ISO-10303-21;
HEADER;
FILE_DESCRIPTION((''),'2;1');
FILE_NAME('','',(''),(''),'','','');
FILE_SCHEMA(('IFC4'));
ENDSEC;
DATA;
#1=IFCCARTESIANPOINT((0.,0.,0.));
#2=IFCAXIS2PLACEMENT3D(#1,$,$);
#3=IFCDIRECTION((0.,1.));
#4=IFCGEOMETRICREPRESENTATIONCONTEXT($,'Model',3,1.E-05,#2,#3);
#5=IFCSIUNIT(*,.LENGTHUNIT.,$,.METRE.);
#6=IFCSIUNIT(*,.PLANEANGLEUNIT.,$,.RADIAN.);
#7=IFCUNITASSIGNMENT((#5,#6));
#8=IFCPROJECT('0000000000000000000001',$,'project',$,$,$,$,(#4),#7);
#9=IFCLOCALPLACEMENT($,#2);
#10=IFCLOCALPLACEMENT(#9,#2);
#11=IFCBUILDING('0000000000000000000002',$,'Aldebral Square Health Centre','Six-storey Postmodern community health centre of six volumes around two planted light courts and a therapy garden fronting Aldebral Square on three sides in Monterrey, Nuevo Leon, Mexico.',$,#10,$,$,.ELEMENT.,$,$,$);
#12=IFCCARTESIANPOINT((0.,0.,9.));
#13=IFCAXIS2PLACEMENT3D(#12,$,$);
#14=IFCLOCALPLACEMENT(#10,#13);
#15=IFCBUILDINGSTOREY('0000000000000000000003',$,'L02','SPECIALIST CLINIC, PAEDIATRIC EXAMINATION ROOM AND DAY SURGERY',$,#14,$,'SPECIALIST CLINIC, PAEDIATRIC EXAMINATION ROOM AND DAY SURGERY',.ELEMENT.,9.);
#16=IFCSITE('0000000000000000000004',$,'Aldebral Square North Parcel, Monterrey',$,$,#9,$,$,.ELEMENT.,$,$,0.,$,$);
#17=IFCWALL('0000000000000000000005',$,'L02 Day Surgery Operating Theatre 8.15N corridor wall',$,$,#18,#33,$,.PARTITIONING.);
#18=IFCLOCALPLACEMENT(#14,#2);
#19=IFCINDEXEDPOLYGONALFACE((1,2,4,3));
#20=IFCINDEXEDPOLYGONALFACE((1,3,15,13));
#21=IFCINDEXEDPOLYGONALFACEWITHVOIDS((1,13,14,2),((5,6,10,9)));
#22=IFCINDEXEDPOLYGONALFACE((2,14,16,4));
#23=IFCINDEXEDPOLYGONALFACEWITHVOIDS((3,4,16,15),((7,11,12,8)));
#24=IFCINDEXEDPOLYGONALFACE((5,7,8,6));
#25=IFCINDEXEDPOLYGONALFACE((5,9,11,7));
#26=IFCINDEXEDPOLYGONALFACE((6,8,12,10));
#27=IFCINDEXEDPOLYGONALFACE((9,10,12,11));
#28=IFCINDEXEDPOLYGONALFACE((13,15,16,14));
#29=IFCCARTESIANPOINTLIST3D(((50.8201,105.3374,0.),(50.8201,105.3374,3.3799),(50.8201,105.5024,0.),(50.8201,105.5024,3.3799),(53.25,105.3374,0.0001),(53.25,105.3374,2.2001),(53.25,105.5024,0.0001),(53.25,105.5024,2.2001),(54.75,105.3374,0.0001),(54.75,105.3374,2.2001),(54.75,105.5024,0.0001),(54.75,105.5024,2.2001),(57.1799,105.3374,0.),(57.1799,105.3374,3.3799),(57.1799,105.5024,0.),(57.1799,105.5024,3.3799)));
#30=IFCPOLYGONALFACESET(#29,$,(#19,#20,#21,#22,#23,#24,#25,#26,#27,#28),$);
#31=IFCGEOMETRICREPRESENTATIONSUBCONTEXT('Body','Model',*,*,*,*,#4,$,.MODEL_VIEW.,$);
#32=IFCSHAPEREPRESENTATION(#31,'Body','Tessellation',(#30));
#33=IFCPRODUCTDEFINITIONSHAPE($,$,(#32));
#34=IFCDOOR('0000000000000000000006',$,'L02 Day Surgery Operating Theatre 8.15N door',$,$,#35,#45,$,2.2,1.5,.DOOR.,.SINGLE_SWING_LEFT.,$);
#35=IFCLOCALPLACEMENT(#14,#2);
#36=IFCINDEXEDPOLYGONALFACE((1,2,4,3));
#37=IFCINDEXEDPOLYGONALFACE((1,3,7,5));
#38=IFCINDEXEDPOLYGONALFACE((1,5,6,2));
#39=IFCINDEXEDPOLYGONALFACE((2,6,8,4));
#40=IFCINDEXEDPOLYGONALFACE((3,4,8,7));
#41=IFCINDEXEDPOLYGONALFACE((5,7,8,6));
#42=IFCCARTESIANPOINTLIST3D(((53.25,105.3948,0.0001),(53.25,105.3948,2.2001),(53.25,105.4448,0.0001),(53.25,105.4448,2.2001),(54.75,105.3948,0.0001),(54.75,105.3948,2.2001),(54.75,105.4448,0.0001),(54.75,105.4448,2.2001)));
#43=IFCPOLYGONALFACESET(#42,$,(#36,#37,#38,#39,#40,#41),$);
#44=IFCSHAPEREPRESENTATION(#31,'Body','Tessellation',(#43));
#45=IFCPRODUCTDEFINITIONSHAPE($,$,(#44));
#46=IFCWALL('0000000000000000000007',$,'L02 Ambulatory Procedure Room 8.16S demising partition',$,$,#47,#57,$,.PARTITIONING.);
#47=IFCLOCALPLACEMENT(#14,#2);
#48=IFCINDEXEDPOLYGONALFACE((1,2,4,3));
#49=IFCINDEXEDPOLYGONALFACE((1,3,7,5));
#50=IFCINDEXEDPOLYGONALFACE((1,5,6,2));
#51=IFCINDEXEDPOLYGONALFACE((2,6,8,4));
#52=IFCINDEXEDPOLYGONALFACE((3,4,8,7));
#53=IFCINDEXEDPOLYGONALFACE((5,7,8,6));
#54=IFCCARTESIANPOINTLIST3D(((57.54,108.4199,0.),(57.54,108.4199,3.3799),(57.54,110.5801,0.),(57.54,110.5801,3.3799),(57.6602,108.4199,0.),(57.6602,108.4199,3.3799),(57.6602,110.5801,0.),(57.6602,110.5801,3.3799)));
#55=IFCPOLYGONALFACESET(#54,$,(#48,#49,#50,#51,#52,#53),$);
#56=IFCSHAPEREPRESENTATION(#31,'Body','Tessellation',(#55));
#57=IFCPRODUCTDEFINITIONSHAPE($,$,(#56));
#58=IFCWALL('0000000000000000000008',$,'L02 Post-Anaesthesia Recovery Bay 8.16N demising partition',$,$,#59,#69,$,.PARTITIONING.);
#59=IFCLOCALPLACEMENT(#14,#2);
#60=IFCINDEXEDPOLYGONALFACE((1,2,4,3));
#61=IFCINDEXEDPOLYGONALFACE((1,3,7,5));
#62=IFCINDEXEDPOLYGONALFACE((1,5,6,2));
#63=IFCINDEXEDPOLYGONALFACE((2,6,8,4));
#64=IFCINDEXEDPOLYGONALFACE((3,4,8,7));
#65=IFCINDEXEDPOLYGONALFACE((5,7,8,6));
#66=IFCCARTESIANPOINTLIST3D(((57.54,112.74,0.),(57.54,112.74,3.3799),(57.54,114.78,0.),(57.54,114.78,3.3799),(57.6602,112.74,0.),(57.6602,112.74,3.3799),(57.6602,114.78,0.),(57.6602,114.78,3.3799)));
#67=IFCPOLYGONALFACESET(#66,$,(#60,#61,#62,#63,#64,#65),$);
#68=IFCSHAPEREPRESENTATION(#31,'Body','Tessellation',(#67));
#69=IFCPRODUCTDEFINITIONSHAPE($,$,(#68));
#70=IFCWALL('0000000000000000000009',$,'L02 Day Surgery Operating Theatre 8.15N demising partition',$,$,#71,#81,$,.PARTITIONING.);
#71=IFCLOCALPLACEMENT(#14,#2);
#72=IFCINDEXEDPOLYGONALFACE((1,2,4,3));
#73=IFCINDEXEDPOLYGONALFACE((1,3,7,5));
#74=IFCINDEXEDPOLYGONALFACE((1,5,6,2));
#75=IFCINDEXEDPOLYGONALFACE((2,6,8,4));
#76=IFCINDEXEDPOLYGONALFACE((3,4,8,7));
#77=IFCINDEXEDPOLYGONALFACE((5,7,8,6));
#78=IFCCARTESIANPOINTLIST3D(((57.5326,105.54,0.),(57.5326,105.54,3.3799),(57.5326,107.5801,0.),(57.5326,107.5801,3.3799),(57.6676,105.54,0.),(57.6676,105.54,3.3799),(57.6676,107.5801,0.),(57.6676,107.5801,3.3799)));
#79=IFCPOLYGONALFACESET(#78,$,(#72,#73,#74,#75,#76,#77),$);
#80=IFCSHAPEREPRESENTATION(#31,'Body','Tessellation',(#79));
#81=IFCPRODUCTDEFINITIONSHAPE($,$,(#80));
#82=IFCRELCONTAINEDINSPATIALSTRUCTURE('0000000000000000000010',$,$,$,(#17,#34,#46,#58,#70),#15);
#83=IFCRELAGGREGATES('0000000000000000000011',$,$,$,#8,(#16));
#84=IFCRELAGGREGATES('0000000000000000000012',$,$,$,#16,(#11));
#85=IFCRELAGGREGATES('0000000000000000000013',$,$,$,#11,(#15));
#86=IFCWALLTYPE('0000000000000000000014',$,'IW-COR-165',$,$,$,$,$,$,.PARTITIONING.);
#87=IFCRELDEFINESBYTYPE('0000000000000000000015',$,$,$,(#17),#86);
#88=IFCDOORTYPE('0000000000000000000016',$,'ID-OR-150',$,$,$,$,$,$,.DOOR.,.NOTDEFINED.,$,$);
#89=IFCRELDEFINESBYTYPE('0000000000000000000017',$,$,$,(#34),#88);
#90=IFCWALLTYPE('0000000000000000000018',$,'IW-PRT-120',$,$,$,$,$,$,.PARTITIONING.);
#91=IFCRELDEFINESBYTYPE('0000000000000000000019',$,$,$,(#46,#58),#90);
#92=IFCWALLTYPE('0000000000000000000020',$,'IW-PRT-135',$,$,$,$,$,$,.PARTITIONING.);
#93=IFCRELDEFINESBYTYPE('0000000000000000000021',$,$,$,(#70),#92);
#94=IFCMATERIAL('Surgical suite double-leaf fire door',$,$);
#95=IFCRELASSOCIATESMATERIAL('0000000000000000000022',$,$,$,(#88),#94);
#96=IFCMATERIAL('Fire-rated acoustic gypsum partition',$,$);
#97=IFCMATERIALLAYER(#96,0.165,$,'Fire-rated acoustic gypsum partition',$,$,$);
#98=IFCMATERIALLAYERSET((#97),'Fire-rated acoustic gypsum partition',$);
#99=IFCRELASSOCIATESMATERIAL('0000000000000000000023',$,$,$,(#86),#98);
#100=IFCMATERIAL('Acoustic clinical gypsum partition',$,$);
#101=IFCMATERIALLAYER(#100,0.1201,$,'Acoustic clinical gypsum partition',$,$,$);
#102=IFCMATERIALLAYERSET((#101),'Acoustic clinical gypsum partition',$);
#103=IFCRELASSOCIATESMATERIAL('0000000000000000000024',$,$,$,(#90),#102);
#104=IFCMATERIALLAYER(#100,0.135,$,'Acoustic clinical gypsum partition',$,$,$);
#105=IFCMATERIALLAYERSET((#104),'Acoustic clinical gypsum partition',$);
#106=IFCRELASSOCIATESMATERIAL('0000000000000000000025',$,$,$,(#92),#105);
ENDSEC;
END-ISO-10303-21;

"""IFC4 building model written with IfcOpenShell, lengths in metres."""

from ifc_helpers import new_model, si_unit, direction, frame, frame_2d, origin, place, context, subcontext, project, spatial, rectangle, extrude, material, layer, layer_set, type_object, element, fill, save


model = new_model("IFC4")

# Units and contexts
model_context = context("Model", 3, precision=1e-05, world=origin(), true_north=direction((0.0, 1.0)))
body_context = subcontext(model_context, "Body", "Model", "MODEL_VIEW")
ifc_project = project(units=[si_unit("LENGTHUNIT", "METRE"), si_unit("PLANEANGLEUNIT", "RADIAN")], contexts=[model_context])

# Site, building, storey
site_placement = place(None, origin())
site = spatial("IfcSite", under=ifc_project, at=site_placement, Name="Aldebral Square North Parcel, Monterrey", CompositionType="ELEMENT", RefElevation=0.0)
building_placement = place(site_placement, origin())
building = spatial("IfcBuilding", under=site, at=building_placement, Name="Aldebral Square Health Centre", Description="Six-storey Postmodern community health centre of six volumes around two planted light courts and a therapy garden fronting Aldebral Square on three sides in Monterrey, Nuevo Leon, Mexico.", CompositionType="ELEMENT")
storey_placement = place(building_placement, frame((0.0, 0.0, 9.0)))
storey = spatial("IfcBuildingStorey", under=building, at=storey_placement, Name="L02", Description="SPECIALIST CLINIC, PAEDIATRIC EXAMINATION ROOM AND DAY SURGERY", LongName="SPECIALIST CLINIC, PAEDIATRIC EXAMINATION ROOM AND DAY SURGERY", CompositionType="ELEMENT", Elevation=9.0)

# Wall, opening, door
ifc_material_1 = material(Name="Surgical suite double-leaf fire door")
door_type_1 = type_object("IfcDoorType", Name="ID-OR-150", OperationType="NOTDEFINED", PredefinedType="DOOR", material=ifc_material_1)
ifc_material_2 = material(Name="Fire-rated acoustic gypsum partition")
ifc_layer_1 = layer(ifc_material_2, 0.165, Name="Fire-rated acoustic gypsum partition")
ifc_layer_set_1 = layer_set([ifc_layer_1], Name="Fire-rated acoustic gypsum partition")
wall_type_1 = type_object("IfcWallType", Name="IW-COR-165", PredefinedType="PARTITIONING", material=ifc_layer_set_1)
wall_1_placement = place(storey_placement, frame((50.8201, 105.4199, 0.0), z_axis=(0.0, 0.0, 1.0), x_axis=(1.0, 0.0, 0.0)))
wall_1 = element("IfcWall", 1, at=wall_1_placement, inside=storey, type_object=wall_type_1, Name="L02 Day Surgery Operating Theatre 8.15N corridor wall", PredefinedType="PARTITIONING", context=body_context, shape_type="SweptSolid", body=[
    extrude(rectangle(XDim=6.3599, YDim=0.165, at=frame_2d((3.1799, 0.0))), origin(), (0.0, 0.0, 1.0), 3.3799),
])
opening_1_placement = place(wall_1_placement, frame((2.4299, 0.0, 0.0)))
opening_1 = element("IfcOpeningElement", 2, at=opening_1_placement, cuts=wall_1, PredefinedType="OPENING", context=body_context, shape_type="SweptSolid", body=[
    extrude(rectangle(XDim=1.5, YDim=2.2, at=frame_2d((0.75, 1.1001))), frame((0.0, 0.0925, 0.0), z_axis=(0.0, -1.0, 0.0), x_axis=(1.0, 0.0, 0.0)), (0.0, 0.0, 1.0), 0.1851),
])
door_1_placement = place(opening_1_placement, origin())
door_1 = element("IfcDoor", 3, at=door_1_placement, inside=storey, type_object=door_type_1, Name="L02 Day Surgery Operating Theatre 8.15N door", OperationType="SINGLE_SWING_LEFT", OverallHeight=2.2, OverallWidth=1.5, PredefinedType="DOOR", context=body_context, shape_type="SweptSolid", body=[
    extrude(rectangle(XDim=1.5, YDim=2.2, at=frame_2d((0.75, 1.1001))), frame((0.0, 0.0249, 0.0), z_axis=(0.0, -1.0, 0.0), x_axis=(1.0, 0.0, 0.0)), (0.0, 0.0, 1.0), 0.05),
])
fill(opening_1, door_1)

# Walls
ifc_material_3 = material(Name="Acoustic clinical gypsum partition")
ifc_layer_2 = layer(ifc_material_3, 0.1201, Name="Acoustic clinical gypsum partition")
ifc_layer_set_2 = layer_set([ifc_layer_2], Name="Acoustic clinical gypsum partition")
wall_type_2 = type_object("IfcWallType", Name="IW-PRT-120", PredefinedType="PARTITIONING", material=ifc_layer_set_2)
wall_2_placement = place(storey_placement, frame((57.6001, 108.4199, 0.0), z_axis=(0.0, 0.0, 1.0), x_axis=(0.0, 1.0, 0.0)))
element("IfcWall", 4, at=wall_2_placement, inside=storey, type_object=wall_type_2, Name="L02 Ambulatory Procedure Room 8.16S demising partition", PredefinedType="PARTITIONING", context=body_context, shape_type="SweptSolid", body=[
    extrude(rectangle(XDim=2.1602, YDim=0.1201, at=frame_2d((1.0801, 0.0))), origin(), (0.0, 0.0, 1.0), 3.3799),
])
wall_3_placement = place(storey_placement, frame((57.6001, 112.74, 0.0), z_axis=(0.0, 0.0, 1.0), x_axis=(0.0, 1.0, 0.0)))
element("IfcWall", 5, at=wall_3_placement, inside=storey, type_object=wall_type_2, Name="L02 Post-Anaesthesia Recovery Bay 8.16N demising partition", PredefinedType="PARTITIONING", context=body_context, shape_type="SweptSolid", body=[
    extrude(rectangle(XDim=2.04, YDim=0.1201, at=frame_2d((1.02, 0.0))), origin(), (0.0, 0.0, 1.0), 3.3799),
])
ifc_layer_3 = layer(ifc_material_3, 0.135, Name="Acoustic clinical gypsum partition")
ifc_layer_set_3 = layer_set([ifc_layer_3], Name="Acoustic clinical gypsum partition")
wall_type_3 = type_object("IfcWallType", Name="IW-PRT-135", PredefinedType="PARTITIONING", material=ifc_layer_set_3)
wall_4_placement = place(storey_placement, frame((57.6001, 105.54, 0.0), z_axis=(0.0, 0.0, 1.0), x_axis=(0.0, 1.0, 0.0)))
element("IfcWall", 6, at=wall_4_placement, inside=storey, type_object=wall_type_3, Name="L02 Day Surgery Operating Theatre 8.15N demising partition", PredefinedType="PARTITIONING", context=body_context, shape_type="SweptSolid", body=[
    extrude(rectangle(XDim=2.04, YDim=0.135, at=frame_2d((1.02, 0.0))), origin(), (0.0, 0.0, 1.0), 3.3799),
])

save(model, "model.ifc")
